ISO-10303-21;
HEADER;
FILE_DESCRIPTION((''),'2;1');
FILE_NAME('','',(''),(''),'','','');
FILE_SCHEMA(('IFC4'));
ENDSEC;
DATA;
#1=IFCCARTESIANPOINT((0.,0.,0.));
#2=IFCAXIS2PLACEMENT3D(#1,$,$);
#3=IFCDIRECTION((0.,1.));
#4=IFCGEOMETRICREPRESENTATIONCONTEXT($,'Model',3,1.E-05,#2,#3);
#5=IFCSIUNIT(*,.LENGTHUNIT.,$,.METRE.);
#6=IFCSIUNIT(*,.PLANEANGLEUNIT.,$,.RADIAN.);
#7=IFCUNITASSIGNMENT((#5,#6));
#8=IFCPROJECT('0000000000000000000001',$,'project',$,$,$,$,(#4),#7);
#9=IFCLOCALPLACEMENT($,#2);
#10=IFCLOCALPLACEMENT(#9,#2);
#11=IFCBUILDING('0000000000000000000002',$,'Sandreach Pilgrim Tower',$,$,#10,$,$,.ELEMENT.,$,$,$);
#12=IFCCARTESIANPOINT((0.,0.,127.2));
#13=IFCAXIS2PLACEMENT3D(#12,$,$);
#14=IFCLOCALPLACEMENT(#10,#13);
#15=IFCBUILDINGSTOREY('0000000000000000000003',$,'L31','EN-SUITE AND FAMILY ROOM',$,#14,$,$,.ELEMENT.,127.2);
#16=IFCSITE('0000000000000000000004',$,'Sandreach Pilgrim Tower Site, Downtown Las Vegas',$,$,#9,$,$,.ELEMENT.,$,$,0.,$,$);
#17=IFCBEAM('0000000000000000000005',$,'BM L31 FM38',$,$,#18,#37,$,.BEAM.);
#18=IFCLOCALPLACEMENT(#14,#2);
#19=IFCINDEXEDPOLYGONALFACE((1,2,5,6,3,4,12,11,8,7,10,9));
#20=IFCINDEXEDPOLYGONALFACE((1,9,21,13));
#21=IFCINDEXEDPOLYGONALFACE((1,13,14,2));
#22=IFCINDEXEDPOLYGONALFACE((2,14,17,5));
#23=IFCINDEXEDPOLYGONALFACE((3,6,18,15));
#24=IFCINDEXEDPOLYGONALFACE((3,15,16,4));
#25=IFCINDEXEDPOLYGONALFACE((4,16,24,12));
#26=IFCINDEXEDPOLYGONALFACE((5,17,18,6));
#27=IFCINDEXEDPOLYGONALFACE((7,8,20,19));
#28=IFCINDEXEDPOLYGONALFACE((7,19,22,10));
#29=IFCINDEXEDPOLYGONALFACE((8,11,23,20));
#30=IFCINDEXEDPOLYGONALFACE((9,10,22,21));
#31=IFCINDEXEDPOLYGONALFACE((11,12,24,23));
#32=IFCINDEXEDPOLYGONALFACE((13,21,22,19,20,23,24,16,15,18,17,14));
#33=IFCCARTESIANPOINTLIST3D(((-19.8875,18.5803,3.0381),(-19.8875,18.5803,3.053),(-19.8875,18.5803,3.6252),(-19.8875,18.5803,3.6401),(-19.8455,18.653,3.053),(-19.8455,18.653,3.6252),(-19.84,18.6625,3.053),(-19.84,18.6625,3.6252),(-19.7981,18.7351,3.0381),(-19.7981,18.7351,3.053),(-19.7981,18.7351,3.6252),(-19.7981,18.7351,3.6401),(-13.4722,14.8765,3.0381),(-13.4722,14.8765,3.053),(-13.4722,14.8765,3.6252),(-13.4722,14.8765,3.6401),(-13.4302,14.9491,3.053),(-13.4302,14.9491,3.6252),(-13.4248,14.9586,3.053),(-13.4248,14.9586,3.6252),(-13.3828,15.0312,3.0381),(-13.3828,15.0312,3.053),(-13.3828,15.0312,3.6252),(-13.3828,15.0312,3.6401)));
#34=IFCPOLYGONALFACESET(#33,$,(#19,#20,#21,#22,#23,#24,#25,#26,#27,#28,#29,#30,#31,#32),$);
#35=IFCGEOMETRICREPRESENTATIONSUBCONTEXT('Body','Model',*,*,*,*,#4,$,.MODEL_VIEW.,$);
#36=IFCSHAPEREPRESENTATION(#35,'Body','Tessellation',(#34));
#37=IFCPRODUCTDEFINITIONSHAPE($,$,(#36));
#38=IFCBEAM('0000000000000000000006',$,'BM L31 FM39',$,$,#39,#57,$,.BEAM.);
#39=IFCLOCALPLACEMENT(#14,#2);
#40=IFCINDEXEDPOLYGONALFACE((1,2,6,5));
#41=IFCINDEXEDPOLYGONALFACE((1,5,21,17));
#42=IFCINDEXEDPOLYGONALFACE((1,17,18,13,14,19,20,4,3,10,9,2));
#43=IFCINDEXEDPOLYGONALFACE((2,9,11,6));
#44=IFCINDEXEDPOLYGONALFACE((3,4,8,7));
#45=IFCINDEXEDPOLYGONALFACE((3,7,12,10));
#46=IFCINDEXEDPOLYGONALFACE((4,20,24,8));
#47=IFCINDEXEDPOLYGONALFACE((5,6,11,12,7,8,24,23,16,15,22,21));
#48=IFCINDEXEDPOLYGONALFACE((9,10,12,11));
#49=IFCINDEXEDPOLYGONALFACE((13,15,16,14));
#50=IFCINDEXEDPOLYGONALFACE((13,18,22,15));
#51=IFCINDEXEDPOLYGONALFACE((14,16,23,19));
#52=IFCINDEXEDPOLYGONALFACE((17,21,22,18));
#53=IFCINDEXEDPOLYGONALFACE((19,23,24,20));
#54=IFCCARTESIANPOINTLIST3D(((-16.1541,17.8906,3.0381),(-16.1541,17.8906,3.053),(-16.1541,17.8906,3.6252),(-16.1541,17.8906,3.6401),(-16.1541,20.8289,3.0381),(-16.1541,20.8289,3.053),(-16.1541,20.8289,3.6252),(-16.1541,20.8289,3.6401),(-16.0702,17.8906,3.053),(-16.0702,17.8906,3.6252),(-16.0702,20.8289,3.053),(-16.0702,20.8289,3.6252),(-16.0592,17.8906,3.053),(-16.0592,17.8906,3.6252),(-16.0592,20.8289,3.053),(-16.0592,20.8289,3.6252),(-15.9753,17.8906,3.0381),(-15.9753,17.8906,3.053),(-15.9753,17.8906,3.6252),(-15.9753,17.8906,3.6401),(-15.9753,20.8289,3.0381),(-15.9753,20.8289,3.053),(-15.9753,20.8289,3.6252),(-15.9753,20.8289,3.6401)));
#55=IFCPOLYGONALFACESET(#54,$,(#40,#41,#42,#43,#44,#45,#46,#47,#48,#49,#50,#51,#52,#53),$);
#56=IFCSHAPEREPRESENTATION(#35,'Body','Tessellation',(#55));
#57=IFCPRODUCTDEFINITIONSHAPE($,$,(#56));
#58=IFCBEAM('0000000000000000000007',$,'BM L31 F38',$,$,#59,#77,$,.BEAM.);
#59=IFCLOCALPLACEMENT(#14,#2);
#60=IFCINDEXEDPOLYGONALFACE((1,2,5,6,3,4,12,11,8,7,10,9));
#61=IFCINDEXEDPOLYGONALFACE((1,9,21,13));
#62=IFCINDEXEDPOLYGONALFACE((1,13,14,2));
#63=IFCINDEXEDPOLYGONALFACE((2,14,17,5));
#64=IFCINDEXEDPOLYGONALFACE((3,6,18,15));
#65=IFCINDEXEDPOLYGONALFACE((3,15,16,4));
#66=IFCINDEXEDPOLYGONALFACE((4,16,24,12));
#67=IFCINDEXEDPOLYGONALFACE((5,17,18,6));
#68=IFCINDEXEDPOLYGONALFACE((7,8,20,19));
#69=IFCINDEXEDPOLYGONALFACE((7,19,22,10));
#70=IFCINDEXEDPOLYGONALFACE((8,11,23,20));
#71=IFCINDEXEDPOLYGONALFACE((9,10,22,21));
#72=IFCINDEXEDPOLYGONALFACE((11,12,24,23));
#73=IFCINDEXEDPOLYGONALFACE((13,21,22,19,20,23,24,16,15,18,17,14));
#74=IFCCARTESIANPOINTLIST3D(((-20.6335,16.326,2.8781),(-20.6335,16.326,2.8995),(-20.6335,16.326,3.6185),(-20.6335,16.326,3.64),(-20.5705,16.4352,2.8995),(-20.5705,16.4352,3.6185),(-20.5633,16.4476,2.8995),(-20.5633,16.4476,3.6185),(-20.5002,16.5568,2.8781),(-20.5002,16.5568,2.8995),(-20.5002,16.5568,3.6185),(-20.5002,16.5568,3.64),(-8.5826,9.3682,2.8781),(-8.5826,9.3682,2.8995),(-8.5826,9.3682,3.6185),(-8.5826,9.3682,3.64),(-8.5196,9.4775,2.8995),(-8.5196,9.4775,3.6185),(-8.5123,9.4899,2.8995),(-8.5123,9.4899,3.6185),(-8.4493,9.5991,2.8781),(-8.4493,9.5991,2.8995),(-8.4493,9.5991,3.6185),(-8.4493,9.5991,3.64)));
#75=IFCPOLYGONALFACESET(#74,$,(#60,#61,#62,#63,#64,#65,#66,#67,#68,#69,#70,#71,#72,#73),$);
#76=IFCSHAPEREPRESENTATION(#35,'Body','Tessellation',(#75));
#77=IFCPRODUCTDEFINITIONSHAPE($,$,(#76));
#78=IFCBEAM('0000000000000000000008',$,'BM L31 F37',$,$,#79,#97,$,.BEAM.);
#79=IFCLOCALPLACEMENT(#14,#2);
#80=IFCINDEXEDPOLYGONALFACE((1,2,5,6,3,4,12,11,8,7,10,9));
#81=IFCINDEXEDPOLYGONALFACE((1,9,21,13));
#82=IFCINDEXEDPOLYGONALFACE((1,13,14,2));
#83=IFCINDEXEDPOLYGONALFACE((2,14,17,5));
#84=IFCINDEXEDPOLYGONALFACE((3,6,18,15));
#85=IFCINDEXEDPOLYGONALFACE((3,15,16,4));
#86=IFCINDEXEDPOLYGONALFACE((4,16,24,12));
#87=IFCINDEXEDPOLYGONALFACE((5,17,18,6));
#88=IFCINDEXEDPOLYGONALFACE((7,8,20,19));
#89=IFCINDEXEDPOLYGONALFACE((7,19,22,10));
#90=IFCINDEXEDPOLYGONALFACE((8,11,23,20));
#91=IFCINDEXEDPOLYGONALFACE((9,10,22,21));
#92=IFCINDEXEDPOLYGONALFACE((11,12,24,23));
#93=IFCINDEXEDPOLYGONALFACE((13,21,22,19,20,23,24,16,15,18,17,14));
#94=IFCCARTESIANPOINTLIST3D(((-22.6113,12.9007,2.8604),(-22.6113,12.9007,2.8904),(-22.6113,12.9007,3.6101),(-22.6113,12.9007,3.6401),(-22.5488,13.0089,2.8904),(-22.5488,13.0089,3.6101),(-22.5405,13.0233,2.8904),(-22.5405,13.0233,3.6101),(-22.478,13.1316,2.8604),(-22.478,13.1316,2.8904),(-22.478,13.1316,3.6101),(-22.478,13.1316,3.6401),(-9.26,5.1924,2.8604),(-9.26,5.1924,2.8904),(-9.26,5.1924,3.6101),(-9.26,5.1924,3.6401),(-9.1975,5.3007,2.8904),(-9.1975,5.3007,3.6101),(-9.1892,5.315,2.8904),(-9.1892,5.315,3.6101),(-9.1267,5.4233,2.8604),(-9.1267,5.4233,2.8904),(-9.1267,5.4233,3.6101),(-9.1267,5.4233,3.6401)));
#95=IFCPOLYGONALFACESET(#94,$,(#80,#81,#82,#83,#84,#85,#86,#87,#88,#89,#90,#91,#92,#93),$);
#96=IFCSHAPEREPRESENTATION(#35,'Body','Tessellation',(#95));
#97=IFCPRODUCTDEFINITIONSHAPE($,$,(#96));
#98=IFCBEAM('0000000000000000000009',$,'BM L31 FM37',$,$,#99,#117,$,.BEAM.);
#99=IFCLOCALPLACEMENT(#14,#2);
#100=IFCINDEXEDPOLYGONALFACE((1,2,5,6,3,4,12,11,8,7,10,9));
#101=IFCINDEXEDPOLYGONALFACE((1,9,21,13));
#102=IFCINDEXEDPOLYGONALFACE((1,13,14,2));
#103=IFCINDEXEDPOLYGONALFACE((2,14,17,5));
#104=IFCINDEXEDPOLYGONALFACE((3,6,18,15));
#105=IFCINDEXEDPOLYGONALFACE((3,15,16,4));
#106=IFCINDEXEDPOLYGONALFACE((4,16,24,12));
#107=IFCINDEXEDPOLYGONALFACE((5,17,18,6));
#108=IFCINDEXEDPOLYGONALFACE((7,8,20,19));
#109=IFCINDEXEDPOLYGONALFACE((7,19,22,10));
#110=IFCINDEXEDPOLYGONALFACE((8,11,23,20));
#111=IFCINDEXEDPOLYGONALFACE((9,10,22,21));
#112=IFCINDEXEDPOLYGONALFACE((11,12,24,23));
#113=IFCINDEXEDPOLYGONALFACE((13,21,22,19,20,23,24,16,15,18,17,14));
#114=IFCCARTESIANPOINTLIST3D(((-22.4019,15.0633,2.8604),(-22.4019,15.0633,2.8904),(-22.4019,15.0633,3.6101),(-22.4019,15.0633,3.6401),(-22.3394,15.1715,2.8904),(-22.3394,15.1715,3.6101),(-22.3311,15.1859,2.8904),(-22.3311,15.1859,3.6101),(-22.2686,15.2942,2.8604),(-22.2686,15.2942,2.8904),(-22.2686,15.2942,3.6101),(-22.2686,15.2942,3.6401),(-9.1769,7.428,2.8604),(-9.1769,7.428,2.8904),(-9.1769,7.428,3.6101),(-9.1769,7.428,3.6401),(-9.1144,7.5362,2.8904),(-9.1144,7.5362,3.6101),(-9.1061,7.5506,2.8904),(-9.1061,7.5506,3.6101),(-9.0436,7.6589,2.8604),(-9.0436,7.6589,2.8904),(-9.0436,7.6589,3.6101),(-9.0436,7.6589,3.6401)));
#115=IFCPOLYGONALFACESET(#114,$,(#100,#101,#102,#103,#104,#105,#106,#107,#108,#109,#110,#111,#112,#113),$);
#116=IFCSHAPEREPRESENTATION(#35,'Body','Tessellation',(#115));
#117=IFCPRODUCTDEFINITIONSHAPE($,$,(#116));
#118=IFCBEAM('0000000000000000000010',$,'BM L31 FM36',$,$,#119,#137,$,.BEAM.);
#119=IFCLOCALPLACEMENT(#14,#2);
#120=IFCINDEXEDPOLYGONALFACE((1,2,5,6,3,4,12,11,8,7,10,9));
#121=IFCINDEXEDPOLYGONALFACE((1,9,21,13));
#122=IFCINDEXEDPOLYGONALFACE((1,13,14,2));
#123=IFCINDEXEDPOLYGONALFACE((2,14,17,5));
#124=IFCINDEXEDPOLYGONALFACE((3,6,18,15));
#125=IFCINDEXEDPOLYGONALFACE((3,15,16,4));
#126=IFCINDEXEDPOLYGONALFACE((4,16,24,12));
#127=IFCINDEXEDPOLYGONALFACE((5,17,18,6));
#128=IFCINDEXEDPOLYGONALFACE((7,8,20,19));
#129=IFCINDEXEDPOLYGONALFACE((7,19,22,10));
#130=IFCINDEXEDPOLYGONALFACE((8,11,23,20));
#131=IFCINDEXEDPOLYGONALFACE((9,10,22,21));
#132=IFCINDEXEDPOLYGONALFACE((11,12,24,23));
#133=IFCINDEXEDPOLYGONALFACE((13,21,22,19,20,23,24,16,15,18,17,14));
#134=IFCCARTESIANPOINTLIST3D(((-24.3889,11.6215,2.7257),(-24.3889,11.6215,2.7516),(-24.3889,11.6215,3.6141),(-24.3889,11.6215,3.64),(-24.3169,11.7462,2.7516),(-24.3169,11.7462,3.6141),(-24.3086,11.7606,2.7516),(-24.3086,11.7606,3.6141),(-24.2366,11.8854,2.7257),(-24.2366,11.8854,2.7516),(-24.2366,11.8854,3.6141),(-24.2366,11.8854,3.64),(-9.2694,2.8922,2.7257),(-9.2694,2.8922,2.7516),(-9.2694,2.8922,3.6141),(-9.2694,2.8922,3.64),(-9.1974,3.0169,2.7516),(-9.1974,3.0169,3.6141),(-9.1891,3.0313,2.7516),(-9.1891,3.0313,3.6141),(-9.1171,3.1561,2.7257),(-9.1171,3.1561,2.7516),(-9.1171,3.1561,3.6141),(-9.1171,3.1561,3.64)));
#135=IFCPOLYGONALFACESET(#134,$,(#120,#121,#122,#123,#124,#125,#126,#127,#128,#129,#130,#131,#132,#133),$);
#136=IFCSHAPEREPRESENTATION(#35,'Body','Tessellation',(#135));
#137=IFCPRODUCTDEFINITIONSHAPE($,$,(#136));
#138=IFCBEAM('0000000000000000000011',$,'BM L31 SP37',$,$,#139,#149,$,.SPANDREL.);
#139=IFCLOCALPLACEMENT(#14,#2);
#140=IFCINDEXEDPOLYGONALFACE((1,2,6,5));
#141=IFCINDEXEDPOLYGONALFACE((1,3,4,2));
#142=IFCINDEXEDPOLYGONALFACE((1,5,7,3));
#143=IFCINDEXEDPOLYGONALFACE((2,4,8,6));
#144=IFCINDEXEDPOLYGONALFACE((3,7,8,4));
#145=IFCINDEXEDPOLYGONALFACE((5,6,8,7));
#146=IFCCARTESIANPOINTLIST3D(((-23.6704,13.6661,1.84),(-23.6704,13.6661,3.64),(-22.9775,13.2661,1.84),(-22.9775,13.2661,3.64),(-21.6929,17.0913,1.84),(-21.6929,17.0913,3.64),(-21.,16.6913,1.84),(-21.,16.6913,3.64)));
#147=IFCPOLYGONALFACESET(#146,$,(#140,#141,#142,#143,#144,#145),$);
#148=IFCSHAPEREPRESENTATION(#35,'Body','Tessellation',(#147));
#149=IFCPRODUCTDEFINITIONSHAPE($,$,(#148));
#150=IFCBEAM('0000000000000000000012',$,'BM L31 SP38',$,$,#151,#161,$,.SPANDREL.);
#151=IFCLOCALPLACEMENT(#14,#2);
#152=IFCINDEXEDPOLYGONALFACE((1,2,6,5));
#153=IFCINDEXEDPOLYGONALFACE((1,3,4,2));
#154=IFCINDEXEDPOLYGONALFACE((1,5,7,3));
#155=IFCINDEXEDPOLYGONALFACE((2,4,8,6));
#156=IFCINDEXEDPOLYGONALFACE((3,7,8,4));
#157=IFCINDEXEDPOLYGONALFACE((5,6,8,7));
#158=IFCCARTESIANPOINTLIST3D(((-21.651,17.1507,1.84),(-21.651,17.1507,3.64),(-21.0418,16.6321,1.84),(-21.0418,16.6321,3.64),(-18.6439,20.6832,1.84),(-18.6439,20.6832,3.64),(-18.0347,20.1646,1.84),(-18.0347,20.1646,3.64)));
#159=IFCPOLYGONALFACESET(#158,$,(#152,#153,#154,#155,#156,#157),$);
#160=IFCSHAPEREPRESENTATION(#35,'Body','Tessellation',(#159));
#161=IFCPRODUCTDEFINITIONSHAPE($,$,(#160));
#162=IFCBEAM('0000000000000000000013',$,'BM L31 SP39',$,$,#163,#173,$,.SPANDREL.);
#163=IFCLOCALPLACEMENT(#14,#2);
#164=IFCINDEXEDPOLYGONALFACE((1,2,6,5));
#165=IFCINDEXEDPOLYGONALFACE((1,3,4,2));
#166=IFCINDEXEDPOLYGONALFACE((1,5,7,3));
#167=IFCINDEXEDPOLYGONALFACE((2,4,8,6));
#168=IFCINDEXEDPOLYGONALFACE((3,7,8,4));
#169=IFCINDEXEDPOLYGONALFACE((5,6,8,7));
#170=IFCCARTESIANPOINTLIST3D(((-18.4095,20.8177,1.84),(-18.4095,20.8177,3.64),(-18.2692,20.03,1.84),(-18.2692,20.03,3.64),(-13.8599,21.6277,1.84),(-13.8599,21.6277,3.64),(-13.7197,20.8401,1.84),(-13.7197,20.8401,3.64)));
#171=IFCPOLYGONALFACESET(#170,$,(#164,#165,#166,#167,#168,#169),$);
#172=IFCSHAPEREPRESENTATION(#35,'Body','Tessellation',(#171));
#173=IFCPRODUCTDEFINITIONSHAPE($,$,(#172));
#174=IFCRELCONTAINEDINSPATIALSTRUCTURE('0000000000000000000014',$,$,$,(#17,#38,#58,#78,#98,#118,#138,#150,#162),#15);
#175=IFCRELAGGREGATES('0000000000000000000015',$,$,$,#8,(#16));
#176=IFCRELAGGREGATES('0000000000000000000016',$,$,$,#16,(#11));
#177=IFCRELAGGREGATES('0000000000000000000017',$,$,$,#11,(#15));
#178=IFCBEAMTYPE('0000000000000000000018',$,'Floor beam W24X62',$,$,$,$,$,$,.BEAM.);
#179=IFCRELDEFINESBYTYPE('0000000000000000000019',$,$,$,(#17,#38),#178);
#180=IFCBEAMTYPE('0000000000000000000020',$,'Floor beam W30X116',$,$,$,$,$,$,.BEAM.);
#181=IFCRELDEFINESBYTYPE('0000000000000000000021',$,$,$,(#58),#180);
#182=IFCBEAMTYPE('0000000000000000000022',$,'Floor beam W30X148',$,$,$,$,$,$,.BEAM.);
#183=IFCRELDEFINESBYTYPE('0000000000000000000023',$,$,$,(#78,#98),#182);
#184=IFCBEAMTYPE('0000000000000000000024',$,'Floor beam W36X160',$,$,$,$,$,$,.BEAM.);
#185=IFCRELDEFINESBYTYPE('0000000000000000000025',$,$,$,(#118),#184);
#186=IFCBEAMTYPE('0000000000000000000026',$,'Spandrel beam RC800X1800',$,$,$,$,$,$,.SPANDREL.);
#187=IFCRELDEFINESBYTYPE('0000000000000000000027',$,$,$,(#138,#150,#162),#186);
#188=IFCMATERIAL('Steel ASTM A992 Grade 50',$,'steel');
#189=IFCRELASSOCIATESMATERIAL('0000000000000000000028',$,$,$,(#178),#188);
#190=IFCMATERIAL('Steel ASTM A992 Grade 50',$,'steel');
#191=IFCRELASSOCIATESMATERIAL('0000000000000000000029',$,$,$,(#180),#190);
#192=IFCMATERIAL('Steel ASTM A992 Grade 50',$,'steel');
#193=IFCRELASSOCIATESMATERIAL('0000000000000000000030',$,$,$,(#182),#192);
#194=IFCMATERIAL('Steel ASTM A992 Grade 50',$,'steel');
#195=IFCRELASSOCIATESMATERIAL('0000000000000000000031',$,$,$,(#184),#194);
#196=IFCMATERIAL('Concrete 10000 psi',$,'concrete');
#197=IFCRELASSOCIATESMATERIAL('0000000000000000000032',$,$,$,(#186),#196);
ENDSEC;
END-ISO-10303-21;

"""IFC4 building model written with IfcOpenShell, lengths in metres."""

from ifc_helpers import new_model, si_unit, direction, frame, origin, origin_2d, place, context, subcontext, project, spatial, rectangle, i_section, extrude, material, material_profile, profile_set, type_object, element, save


model = new_model("IFC4")

# Units and contexts
model_context = context("Model", 3, precision=1e-05, world=origin(), true_north=direction((0.0, 1.0)))
body_context = subcontext(model_context, "Body", "Model", "MODEL_VIEW")
ifc_project = project(units=[si_unit("LENGTHUNIT", "METRE"), si_unit("PLANEANGLEUNIT", "RADIAN")], contexts=[model_context])

# Site, building, storey
site_placement = place(None, origin())
site = spatial("IfcSite", under=ifc_project, at=site_placement, Name="Sandreach Pilgrim Tower Site, Downtown Las Vegas", CompositionType="ELEMENT", RefElevation=0.0)
building_placement = place(site_placement, origin())
building = spatial("IfcBuilding", under=site, at=building_placement, Name="Sandreach Pilgrim Tower", CompositionType="ELEMENT")
storey_placement = place(building_placement, frame((0.0, 0.0, 127.2)))
storey = spatial("IfcBuildingStorey", under=building, at=storey_placement, Name="L31", Description="EN-SUITE AND FAMILY ROOM", CompositionType="ELEMENT", Elevation=127.2)

# Beams
ifc_material_1 = material(Name="Steel ASTM A992 Grade 50", Category="steel")
ifc_material_profile_1 = material_profile(ifc_material_1, i_section(OverallWidth=0.1787, OverallDepth=0.6021, WebThickness=0.011, FlangeThickness=0.0149, at=origin_2d()), Name="W24X62")
ifc_profile_set_1 = profile_set([ifc_material_profile_1], Name="Steel ASTM A992 Grade 50")
beam_type_1 = type_object("IfcBeamType", Name="Floor beam W24X62", PredefinedType="BEAM", material=ifc_profile_set_1)
beam_1_placement = place(storey_placement, frame((-19.8428, 18.6577, 3.3391), z_axis=(0.866026, -0.499999, 0.0), x_axis=(0.499999, 0.866026, 0.0)))
element("IfcBeam", 1, at=beam_1_placement, inside=storey, type_object=beam_type_1, Name="BM L31 FM38", PredefinedType="BEAM", context=body_context, shape_type="SweptSolid", body=[
    extrude(i_section(OverallWidth=0.1787, OverallDepth=0.6021, WebThickness=0.011, FlangeThickness=0.0149, at=origin_2d()), origin(), (0.0, 0.0, 1.0), 7.4077),
])
beam_2_placement = place(storey_placement, frame((-16.0647, 20.8289, 3.3391), z_axis=(0.0, -1.0, 0.0), x_axis=(1.0, 0.0, 0.0)))
element("IfcBeam", 2, at=beam_2_placement, inside=storey, type_object=beam_type_1, Name="BM L31 FM39", PredefinedType="BEAM", context=body_context, shape_type="SweptSolid", body=[
    extrude(i_section(OverallWidth=0.1787, OverallDepth=0.6021, WebThickness=0.011, FlangeThickness=0.0149, at=origin_2d()), origin(), (0.0, 0.0, 1.0), 2.9382),
])
ifc_material_2 = material(Name="Steel ASTM A992 Grade 50", Category="steel")
ifc_material_profile_2 = material_profile(ifc_material_2, i_section(OverallWidth=0.2666, OverallDepth=0.762, WebThickness=0.0144, FlangeThickness=0.0215, at=origin_2d()), Name="W30X116")
ifc_profile_set_2 = profile_set([ifc_material_profile_2], Name="Steel ASTM A992 Grade 50")
beam_type_2 = type_object("IfcBeamType", Name="Floor beam W30X116", PredefinedType="BEAM", material=ifc_profile_set_2)
beam_3_placement = place(storey_placement, frame((-20.5669, 16.4414, 3.259), z_axis=(0.866022, -0.500005, 0.0), x_axis=(0.500005, 0.866022, 0.0)))
element("IfcBeam", 3, at=beam_3_placement, inside=storey, type_object=beam_type_2, Name="BM L31 F38", PredefinedType="BEAM", context=body_context, shape_type="SweptSolid", body=[
    extrude(i_section(OverallWidth=0.2666, OverallDepth=0.762, WebThickness=0.0144, FlangeThickness=0.0215, at=origin_2d()), origin(), (0.0, 0.0, 1.0), 13.9153),
])
ifc_material_3 = material(Name="Steel ASTM A992 Grade 50", Category="steel")
ifc_material_profile_3 = material_profile(ifc_material_3, i_section(OverallWidth=0.2666, OverallDepth=0.7798, WebThickness=0.0166, FlangeThickness=0.03, at=origin_2d()), Name="W30X148")
ifc_profile_set_3 = profile_set([ifc_material_profile_3], Name="Steel ASTM A992 Grade 50")
beam_type_3 = type_object("IfcBeamType", Name="Floor beam W30X148", PredefinedType="BEAM", material=ifc_profile_set_3)
beam_4_placement = place(storey_placement, frame((-22.5447, 13.0161, 3.2502), z_axis=(0.866029, -0.499993, 0.0), x_axis=(0.499993, 0.866029, 0.0)))
element("IfcBeam", 4, at=beam_4_placement, inside=storey, type_object=beam_type_3, Name="BM L31 F37", PredefinedType="BEAM", context=body_context, shape_type="SweptSolid", body=[
    extrude(i_section(OverallWidth=0.2666, OverallDepth=0.7798, WebThickness=0.0166, FlangeThickness=0.03, at=origin_2d()), origin(), (0.0, 0.0, 1.0), 15.4167),
])
beam_5_placement = place(storey_placement, frame((-22.3352, 15.1787, 3.2502), z_axis=(0.866029, -0.499994, 0.0), x_axis=(0.499994, 0.866029, 0.0)))
element("IfcBeam", 5, at=beam_5_placement, inside=storey, type_object=beam_type_3, Name="BM L31 FM37", PredefinedType="BEAM", context=body_context, shape_type="SweptSolid", body=[
    extrude(i_section(OverallWidth=0.2666, OverallDepth=0.7798, WebThickness=0.0166, FlangeThickness=0.03, at=origin_2d()), origin(), (0.0, 0.0, 1.0), 15.2708),
])
ifc_material_4 = material(Name="Steel ASTM A992 Grade 50", Category="steel")
ifc_material_profile_4 = material_profile(ifc_material_4, i_section(OverallWidth=0.3047, OverallDepth=0.9143, WebThickness=0.0166, FlangeThickness=0.0259, at=origin_2d()), Name="W36X160")
ifc_profile_set_4 = profile_set([ifc_material_profile_4], Name="Steel ASTM A992 Grade 50")
beam_type_4 = type_object("IfcBeamType", Name="Floor beam W36X160", PredefinedType="BEAM", material=ifc_profile_set_4)
beam_6_placement = place(storey_placement, frame((-24.3127, 11.7534, 3.1829), z_axis=(0.866024, -0.500003, 0.0), x_axis=(0.500003, 0.866024, 0.0)))
element("IfcBeam", 6, at=beam_6_placement, inside=storey, type_object=beam_type_4, Name="BM L31 FM36", PredefinedType="BEAM", context=body_context, shape_type="SweptSolid", body=[
    extrude(i_section(OverallWidth=0.3047, OverallDepth=0.9143, WebThickness=0.0166, FlangeThickness=0.0259, at=origin_2d()), origin(), (0.0, 0.0, 1.0), 17.4585),
])
ifc_material_5 = material(Name="Concrete 10000 psi", Category="concrete")
ifc_material_profile_5 = material_profile(ifc_material_5, rectangle(XDim=0.8, YDim=1.8, at=origin_2d()), Name="RC800X1800")
ifc_profile_set_5 = profile_set([ifc_material_profile_5], Name="Concrete 10000 psi")
beam_type_5 = type_object("IfcBeamType", Name="Spandrel beam RC800X1800", PredefinedType="SPANDREL", material=ifc_profile_set_5)
beam_7_placement = place(storey_placement, frame((-23.324, 13.4661, 2.74), z_axis=(0.49999, 0.866031, 0.0), x_axis=(-0.866031, 0.49999, 0.0)))
element("IfcBeam", 7, at=beam_7_placement, inside=storey, type_object=beam_type_5, Name="BM L31 SP37", PredefinedType="SPANDREL", context=body_context, shape_type="SweptSolid", body=[
    extrude(rectangle(XDim=0.8, YDim=1.8, at=origin_2d()), origin(), (0.0, 0.0, 1.0), 3.9551),
])
beam_8_placement = place(storey_placement, frame((-21.3464, 16.8914, 2.74), z_axis=(0.648209, 0.761463, 0.0), x_axis=(-0.761463, 0.648209, 0.0)))
element("IfcBeam", 8, at=beam_8_placement, inside=storey, type_object=beam_type_5, Name="BM L31 SP38", PredefinedType="SPANDREL", context=body_context, shape_type="SweptSolid", body=[
    extrude(rectangle(XDim=0.8, YDim=1.8, at=origin_2d()), origin(), (0.0, 0.0, 1.0), 4.6392),
])
beam_9_placement = place(storey_placement, frame((-18.3394, 20.4238, 2.74), z_axis=(0.984516, 0.175295, 0.0), x_axis=(-0.175295, 0.984516, 0.0)))
element("IfcBeam", 9, at=beam_9_placement, inside=storey, type_object=beam_type_5, Name="BM L31 SP39", PredefinedType="SPANDREL", context=body_context, shape_type="SweptSolid", body=[
    extrude(rectangle(XDim=0.8, YDim=1.8, at=origin_2d()), origin(), (0.0, 0.0, 1.0), 4.6211),
])

save(model, "model.ifc")
